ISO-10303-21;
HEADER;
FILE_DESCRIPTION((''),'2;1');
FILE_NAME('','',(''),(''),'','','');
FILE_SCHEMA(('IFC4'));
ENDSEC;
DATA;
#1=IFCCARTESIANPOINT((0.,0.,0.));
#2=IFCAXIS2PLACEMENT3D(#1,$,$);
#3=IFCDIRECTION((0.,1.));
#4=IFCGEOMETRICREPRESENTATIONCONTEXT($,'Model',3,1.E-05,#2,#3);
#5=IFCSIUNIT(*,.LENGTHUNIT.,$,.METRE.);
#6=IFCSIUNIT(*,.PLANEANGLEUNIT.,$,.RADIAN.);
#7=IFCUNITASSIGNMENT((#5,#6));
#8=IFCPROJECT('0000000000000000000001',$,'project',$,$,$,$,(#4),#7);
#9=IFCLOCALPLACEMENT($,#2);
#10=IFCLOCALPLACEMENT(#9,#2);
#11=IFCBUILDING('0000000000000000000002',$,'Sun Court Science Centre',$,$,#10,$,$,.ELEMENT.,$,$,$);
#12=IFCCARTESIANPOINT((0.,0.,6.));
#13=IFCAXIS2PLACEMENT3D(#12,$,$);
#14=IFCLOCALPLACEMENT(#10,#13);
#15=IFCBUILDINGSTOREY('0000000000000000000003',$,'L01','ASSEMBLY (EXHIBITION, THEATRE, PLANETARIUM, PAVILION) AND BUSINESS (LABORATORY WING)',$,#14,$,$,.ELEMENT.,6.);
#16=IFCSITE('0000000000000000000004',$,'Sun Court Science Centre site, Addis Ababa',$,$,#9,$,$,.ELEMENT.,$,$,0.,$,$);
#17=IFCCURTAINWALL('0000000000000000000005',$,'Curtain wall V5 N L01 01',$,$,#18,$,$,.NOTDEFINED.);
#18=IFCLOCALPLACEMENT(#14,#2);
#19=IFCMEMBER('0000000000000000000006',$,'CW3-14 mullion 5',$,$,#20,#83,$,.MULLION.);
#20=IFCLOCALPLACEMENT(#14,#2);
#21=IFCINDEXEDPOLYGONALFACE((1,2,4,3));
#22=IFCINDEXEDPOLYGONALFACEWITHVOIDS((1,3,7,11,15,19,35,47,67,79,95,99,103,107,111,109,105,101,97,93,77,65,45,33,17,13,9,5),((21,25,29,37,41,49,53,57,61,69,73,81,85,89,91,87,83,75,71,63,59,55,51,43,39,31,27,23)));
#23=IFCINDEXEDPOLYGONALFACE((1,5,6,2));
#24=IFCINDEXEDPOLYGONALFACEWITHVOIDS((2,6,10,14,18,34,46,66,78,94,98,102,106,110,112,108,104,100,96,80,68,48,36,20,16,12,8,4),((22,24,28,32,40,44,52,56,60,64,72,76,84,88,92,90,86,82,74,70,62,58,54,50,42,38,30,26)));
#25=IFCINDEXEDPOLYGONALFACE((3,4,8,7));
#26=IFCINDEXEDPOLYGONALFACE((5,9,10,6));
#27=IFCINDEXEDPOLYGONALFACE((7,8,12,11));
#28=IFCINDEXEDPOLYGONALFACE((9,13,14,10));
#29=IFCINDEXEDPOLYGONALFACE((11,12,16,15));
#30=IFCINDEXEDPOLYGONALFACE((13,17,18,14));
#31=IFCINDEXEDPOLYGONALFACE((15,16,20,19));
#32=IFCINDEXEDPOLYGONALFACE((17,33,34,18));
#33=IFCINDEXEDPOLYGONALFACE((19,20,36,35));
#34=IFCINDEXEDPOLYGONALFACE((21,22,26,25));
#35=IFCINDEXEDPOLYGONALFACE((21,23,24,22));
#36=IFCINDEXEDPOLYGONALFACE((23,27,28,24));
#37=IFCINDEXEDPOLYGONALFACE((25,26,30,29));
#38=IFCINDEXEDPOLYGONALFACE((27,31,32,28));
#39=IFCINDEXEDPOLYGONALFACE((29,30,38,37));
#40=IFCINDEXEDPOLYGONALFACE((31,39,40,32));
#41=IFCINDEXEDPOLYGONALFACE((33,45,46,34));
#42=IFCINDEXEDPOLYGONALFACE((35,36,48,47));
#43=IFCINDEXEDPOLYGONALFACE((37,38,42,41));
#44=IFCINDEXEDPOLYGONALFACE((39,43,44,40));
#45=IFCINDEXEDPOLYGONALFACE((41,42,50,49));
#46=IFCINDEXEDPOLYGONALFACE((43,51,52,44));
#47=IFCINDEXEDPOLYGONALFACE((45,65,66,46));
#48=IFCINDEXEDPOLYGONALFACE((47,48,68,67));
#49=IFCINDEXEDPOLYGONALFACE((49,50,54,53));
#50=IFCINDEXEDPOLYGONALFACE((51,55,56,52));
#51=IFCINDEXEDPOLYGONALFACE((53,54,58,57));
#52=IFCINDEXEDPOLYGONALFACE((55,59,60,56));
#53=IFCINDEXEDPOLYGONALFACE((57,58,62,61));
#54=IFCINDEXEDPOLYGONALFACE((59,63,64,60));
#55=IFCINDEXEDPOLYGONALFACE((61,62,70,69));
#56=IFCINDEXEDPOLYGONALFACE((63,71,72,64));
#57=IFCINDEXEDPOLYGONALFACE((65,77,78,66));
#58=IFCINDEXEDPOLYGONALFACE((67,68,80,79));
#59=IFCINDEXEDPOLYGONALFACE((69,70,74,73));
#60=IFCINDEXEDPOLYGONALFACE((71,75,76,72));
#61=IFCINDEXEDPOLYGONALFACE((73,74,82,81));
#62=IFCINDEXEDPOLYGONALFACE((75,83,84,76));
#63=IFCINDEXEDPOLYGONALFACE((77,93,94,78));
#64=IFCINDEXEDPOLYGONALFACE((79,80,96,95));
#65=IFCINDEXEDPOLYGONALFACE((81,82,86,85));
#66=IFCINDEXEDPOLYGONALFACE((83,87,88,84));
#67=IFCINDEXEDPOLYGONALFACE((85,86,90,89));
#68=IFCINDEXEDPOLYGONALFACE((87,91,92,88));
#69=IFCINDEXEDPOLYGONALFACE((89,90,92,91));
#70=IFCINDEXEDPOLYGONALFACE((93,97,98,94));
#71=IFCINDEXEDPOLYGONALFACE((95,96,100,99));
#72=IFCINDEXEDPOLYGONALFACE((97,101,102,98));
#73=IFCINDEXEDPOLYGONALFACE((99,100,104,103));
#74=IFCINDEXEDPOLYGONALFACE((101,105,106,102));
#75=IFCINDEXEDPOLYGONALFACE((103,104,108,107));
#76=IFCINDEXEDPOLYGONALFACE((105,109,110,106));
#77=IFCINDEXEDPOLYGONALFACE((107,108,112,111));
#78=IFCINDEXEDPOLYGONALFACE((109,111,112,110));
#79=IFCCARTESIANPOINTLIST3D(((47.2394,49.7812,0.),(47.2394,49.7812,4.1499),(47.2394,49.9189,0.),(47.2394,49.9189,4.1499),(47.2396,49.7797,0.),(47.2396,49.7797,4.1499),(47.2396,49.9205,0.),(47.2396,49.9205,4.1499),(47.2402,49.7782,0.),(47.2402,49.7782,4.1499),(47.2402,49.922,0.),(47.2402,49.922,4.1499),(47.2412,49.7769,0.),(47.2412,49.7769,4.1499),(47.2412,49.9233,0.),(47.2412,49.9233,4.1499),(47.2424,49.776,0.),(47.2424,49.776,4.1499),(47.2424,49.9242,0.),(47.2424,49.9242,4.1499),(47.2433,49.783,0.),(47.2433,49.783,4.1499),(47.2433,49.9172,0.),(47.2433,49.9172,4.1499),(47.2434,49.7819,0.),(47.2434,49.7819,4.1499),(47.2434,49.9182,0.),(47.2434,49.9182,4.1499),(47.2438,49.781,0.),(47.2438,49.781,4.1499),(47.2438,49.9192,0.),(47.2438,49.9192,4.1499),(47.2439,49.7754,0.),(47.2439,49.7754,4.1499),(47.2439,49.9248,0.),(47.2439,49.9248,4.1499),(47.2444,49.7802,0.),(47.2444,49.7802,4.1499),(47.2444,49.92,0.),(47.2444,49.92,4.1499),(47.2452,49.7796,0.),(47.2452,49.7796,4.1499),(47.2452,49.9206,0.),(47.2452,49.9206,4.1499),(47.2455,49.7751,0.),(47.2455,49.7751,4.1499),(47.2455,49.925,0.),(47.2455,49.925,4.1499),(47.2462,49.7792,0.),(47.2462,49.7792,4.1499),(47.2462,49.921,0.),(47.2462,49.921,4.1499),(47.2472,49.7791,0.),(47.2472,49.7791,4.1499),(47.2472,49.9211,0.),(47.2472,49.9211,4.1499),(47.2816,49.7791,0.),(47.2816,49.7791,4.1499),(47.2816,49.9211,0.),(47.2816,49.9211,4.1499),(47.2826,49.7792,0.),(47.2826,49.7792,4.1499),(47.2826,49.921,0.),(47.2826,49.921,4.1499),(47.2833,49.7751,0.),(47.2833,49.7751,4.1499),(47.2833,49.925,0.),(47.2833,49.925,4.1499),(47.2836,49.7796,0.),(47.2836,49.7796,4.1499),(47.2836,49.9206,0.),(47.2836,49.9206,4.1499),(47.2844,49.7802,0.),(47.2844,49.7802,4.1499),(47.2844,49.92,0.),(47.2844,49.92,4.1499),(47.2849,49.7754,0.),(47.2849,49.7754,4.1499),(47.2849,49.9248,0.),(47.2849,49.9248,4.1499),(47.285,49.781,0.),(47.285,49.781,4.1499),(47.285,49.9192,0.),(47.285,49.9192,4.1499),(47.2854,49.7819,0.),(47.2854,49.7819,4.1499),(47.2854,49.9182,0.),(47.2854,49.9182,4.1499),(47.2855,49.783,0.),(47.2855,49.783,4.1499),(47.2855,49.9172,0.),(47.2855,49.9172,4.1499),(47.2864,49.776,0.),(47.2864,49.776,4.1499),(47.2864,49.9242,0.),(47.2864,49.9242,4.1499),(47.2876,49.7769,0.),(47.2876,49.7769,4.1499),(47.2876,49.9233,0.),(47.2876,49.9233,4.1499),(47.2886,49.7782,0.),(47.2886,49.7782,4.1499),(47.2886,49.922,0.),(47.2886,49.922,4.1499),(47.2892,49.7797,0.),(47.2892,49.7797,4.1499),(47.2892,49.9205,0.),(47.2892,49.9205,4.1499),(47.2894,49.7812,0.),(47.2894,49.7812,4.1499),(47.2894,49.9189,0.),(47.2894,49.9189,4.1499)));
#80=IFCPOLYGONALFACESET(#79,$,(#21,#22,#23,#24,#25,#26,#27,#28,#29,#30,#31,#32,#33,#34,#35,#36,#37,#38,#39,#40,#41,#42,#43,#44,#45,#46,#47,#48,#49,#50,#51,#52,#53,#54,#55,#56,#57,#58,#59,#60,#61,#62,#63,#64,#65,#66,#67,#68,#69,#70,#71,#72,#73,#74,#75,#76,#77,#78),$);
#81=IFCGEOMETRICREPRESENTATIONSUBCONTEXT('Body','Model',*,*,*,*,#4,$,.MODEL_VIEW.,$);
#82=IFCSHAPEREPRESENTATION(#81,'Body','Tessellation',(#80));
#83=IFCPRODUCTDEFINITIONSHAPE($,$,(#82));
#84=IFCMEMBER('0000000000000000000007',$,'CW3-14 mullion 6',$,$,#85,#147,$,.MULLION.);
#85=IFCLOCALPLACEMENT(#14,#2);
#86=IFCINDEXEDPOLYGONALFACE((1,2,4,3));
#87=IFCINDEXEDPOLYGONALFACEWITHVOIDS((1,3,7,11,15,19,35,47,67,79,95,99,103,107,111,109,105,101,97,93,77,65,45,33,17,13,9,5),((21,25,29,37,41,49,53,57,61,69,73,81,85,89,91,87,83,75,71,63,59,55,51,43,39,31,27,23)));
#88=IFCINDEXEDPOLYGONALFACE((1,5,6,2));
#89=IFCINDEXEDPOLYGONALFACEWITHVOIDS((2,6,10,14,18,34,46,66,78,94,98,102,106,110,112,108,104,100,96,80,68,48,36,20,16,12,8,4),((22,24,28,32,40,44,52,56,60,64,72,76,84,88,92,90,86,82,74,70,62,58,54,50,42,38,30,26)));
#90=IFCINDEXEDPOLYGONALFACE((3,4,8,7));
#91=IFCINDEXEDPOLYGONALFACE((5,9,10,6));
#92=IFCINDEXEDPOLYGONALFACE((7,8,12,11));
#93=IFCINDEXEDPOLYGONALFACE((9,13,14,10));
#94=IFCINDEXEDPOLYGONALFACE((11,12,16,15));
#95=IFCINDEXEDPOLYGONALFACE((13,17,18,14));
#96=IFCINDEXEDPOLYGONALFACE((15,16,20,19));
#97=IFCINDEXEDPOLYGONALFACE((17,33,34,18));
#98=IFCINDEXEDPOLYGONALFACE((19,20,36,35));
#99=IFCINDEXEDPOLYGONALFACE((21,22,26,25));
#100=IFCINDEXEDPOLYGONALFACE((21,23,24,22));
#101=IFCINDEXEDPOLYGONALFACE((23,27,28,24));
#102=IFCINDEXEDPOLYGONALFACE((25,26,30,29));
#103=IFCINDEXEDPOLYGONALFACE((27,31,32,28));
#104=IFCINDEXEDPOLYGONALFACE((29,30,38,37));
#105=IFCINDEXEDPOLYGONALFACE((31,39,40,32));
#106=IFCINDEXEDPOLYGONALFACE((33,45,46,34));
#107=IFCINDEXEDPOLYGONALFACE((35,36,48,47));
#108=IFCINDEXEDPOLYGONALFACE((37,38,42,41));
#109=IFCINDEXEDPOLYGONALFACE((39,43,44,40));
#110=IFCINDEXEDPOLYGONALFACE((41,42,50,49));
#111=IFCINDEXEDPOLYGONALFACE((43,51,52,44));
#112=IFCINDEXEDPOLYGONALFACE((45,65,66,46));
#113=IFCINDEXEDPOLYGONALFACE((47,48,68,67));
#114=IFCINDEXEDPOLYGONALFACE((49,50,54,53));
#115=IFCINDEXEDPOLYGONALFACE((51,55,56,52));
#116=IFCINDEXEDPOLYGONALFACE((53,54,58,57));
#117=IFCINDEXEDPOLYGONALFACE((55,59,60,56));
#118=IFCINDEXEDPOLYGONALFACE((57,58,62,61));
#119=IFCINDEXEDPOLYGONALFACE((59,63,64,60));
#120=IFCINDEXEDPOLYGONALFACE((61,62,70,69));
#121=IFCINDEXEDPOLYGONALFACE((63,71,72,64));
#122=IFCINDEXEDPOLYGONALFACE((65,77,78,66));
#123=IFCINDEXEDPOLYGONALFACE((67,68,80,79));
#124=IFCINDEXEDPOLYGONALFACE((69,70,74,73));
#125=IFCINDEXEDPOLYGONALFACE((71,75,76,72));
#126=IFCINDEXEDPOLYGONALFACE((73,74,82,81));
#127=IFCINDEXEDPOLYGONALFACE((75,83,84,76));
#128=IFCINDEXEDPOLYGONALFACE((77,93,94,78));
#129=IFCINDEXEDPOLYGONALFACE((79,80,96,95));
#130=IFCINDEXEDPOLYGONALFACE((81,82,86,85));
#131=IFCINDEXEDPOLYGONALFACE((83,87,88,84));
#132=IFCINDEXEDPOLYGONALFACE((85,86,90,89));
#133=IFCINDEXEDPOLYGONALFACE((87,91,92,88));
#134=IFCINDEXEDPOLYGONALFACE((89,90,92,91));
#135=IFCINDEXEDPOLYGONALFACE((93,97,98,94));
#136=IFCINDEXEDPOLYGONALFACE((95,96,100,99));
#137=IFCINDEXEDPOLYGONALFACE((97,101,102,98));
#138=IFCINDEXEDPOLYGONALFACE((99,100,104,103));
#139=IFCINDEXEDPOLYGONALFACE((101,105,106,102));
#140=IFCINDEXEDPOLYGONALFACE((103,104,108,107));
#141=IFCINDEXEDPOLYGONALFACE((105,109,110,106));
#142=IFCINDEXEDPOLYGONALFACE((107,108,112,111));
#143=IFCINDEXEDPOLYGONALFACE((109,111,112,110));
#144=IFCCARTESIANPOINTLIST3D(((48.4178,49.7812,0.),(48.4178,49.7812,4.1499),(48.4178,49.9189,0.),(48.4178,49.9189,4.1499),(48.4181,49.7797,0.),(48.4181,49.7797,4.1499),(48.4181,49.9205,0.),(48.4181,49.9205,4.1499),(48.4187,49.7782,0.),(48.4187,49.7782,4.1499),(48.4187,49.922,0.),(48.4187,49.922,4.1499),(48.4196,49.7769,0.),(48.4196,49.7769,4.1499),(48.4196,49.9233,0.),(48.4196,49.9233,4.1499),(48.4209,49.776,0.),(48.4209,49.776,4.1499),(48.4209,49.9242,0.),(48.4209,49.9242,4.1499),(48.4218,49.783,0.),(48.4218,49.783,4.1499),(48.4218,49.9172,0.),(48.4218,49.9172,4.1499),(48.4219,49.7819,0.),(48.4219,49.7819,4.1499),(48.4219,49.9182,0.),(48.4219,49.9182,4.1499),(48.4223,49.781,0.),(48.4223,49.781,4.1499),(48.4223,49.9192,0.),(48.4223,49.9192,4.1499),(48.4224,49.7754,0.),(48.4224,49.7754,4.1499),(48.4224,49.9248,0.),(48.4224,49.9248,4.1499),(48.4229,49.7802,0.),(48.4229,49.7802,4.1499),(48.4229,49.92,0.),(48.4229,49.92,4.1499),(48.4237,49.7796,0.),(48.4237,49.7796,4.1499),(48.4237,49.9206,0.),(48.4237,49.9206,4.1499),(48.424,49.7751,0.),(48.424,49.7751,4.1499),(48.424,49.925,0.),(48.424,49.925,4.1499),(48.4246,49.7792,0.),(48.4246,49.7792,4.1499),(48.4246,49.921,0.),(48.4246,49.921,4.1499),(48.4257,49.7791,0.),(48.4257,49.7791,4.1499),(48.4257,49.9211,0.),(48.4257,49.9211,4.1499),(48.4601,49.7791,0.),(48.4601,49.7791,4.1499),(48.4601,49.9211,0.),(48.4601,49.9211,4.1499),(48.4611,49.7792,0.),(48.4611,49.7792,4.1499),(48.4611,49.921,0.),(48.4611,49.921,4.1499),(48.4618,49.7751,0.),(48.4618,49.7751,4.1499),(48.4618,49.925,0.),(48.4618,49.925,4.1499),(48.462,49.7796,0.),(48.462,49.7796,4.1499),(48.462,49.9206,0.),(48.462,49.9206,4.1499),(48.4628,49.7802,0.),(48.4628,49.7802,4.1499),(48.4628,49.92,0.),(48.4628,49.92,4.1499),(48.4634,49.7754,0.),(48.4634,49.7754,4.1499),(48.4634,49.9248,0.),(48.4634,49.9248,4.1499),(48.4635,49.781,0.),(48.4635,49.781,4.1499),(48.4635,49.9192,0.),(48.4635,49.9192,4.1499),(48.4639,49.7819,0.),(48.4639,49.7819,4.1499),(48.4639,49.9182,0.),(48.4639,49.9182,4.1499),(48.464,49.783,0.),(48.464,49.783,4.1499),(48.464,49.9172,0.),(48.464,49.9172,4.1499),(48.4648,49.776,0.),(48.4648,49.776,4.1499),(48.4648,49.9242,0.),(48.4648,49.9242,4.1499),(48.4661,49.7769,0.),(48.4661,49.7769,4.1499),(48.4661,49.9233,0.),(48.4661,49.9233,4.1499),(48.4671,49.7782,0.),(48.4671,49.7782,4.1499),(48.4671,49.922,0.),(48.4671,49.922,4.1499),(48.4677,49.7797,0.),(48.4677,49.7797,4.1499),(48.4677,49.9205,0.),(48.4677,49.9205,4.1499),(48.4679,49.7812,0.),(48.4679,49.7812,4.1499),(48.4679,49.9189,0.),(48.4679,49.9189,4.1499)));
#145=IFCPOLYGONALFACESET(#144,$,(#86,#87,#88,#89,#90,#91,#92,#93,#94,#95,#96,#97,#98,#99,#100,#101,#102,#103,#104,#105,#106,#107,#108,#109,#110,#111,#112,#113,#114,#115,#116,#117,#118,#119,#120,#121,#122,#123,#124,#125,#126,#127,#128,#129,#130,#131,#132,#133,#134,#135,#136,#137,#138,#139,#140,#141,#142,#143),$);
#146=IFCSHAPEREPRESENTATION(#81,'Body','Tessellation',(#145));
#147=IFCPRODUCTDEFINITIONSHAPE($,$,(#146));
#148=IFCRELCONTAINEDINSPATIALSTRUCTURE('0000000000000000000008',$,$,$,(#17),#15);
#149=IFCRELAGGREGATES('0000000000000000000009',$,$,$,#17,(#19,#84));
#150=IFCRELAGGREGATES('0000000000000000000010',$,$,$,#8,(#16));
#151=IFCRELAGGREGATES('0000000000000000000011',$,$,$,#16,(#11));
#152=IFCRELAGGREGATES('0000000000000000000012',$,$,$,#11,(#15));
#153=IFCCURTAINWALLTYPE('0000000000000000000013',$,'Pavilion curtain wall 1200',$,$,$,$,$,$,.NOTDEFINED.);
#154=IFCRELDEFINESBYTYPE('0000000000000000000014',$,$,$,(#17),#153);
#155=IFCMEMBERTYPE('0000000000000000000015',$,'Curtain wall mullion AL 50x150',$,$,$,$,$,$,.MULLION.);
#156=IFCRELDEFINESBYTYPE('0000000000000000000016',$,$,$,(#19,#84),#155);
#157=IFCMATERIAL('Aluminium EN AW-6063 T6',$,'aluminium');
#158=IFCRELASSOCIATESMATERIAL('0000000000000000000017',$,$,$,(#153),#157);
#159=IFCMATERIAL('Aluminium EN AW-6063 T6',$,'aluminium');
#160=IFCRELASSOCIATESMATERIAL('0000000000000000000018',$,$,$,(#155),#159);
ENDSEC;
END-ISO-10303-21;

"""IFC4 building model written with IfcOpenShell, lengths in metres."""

from ifc_helpers import new_model, si_unit, direction, frame, origin, origin_2d, place, context, subcontext, project, spatial, hollow_rectangle, extrude, material, material_profile, profile_set, type_object, element, aggregate, save


model = new_model("IFC4")

# Units and contexts
model_context = context("Model", 3, precision=1e-05, world=origin(), true_north=direction((0.0, 1.0)))
body_context = subcontext(model_context, "Body", "Model", "MODEL_VIEW")
ifc_project = project(units=[si_unit("LENGTHUNIT", "METRE"), si_unit("PLANEANGLEUNIT", "RADIAN")], contexts=[model_context])

# Site, building, storey
site_placement = place(None, origin())
site = spatial("IfcSite", under=ifc_project, at=site_placement, Name="Sun Court Science Centre site, Addis Ababa", CompositionType="ELEMENT", RefElevation=0.0)
building_placement = place(site_placement, origin())
building = spatial("IfcBuilding", under=site, at=building_placement, Name="Sun Court Science Centre", CompositionType="ELEMENT")
storey_placement = place(building_placement, frame((0.0, 0.0, 6.0)))
storey = spatial("IfcBuildingStorey", under=building, at=storey_placement, Name="L01", Description="ASSEMBLY (EXHIBITION, THEATRE, PLANETARIUM, PAVILION) AND BUSINESS (LABORATORY WING)", CompositionType="ELEMENT", Elevation=6.0)

# Curtain wall, members
ifc_material_1 = material(Name="Aluminium EN AW-6063 T6", Category="aluminium")
curtain_wall_type = type_object("IfcCurtainWallType", Name="Pavilion curtain wall 1200", PredefinedType="NOTDEFINED", material=ifc_material_1)
curtain_wall_placement = place(storey_placement, origin())
curtain_wall = element("IfcCurtainWall", 1, at=curtain_wall_placement, inside=storey, type_object=curtain_wall_type, Name="Curtain wall V5 N L01 01", PredefinedType="NOTDEFINED")
ifc_material_2 = material(Name="Aluminium EN AW-6063 T6", Category="aluminium")
ifc_material_profile_1 = material_profile(ifc_material_2, hollow_rectangle(XDim=0.05, YDim=0.1499, WallThickness=0.0039, InnerFilletRadius=0.0039, OuterFilletRadius=0.0061, at=origin_2d()), Name="AL 50x150x4")
ifc_profile_set_1 = profile_set([ifc_material_profile_1], Name="Aluminium EN AW-6063 T6")
member_type_1 = type_object("IfcMemberType", Name="Curtain wall mullion AL 50x150", PredefinedType="MULLION", material=ifc_profile_set_1)
member_1_placement = place(storey_placement, frame((47.2644, 49.8501, 0.0), z_axis=(0.0, 0.0, 1.0), x_axis=(1.0, 0.0, 0.0)))
member_1 = element("IfcMember", 2, at=member_1_placement, type_object=member_type_1, Name="CW3-14 mullion 5", PredefinedType="MULLION", context=body_context, shape_type="SweptSolid", body=[
    extrude(hollow_rectangle(XDim=0.05, YDim=0.1499, WallThickness=0.0039, InnerFilletRadius=0.0039, OuterFilletRadius=0.0061, at=origin_2d()), origin(), (0.0, 0.0, 1.0), 4.1499),
])
member_2_placement = place(storey_placement, frame((48.4429, 49.8501, 0.0), z_axis=(0.0, 0.0, 1.0), x_axis=(1.0, 0.0, 0.0)))
member_2 = element("IfcMember", 3, at=member_2_placement, type_object=member_type_1, Name="CW3-14 mullion 6", PredefinedType="MULLION", context=body_context, shape_type="SweptSolid", body=[
    extrude(hollow_rectangle(XDim=0.05, YDim=0.1499, WallThickness=0.0039, InnerFilletRadius=0.0039, OuterFilletRadius=0.0061, at=origin_2d()), origin(), (0.0, 0.0, 1.0), 4.1499),
])
aggregate(curtain_wall, [member_1, member_2])

save(model, "model.ifc")
